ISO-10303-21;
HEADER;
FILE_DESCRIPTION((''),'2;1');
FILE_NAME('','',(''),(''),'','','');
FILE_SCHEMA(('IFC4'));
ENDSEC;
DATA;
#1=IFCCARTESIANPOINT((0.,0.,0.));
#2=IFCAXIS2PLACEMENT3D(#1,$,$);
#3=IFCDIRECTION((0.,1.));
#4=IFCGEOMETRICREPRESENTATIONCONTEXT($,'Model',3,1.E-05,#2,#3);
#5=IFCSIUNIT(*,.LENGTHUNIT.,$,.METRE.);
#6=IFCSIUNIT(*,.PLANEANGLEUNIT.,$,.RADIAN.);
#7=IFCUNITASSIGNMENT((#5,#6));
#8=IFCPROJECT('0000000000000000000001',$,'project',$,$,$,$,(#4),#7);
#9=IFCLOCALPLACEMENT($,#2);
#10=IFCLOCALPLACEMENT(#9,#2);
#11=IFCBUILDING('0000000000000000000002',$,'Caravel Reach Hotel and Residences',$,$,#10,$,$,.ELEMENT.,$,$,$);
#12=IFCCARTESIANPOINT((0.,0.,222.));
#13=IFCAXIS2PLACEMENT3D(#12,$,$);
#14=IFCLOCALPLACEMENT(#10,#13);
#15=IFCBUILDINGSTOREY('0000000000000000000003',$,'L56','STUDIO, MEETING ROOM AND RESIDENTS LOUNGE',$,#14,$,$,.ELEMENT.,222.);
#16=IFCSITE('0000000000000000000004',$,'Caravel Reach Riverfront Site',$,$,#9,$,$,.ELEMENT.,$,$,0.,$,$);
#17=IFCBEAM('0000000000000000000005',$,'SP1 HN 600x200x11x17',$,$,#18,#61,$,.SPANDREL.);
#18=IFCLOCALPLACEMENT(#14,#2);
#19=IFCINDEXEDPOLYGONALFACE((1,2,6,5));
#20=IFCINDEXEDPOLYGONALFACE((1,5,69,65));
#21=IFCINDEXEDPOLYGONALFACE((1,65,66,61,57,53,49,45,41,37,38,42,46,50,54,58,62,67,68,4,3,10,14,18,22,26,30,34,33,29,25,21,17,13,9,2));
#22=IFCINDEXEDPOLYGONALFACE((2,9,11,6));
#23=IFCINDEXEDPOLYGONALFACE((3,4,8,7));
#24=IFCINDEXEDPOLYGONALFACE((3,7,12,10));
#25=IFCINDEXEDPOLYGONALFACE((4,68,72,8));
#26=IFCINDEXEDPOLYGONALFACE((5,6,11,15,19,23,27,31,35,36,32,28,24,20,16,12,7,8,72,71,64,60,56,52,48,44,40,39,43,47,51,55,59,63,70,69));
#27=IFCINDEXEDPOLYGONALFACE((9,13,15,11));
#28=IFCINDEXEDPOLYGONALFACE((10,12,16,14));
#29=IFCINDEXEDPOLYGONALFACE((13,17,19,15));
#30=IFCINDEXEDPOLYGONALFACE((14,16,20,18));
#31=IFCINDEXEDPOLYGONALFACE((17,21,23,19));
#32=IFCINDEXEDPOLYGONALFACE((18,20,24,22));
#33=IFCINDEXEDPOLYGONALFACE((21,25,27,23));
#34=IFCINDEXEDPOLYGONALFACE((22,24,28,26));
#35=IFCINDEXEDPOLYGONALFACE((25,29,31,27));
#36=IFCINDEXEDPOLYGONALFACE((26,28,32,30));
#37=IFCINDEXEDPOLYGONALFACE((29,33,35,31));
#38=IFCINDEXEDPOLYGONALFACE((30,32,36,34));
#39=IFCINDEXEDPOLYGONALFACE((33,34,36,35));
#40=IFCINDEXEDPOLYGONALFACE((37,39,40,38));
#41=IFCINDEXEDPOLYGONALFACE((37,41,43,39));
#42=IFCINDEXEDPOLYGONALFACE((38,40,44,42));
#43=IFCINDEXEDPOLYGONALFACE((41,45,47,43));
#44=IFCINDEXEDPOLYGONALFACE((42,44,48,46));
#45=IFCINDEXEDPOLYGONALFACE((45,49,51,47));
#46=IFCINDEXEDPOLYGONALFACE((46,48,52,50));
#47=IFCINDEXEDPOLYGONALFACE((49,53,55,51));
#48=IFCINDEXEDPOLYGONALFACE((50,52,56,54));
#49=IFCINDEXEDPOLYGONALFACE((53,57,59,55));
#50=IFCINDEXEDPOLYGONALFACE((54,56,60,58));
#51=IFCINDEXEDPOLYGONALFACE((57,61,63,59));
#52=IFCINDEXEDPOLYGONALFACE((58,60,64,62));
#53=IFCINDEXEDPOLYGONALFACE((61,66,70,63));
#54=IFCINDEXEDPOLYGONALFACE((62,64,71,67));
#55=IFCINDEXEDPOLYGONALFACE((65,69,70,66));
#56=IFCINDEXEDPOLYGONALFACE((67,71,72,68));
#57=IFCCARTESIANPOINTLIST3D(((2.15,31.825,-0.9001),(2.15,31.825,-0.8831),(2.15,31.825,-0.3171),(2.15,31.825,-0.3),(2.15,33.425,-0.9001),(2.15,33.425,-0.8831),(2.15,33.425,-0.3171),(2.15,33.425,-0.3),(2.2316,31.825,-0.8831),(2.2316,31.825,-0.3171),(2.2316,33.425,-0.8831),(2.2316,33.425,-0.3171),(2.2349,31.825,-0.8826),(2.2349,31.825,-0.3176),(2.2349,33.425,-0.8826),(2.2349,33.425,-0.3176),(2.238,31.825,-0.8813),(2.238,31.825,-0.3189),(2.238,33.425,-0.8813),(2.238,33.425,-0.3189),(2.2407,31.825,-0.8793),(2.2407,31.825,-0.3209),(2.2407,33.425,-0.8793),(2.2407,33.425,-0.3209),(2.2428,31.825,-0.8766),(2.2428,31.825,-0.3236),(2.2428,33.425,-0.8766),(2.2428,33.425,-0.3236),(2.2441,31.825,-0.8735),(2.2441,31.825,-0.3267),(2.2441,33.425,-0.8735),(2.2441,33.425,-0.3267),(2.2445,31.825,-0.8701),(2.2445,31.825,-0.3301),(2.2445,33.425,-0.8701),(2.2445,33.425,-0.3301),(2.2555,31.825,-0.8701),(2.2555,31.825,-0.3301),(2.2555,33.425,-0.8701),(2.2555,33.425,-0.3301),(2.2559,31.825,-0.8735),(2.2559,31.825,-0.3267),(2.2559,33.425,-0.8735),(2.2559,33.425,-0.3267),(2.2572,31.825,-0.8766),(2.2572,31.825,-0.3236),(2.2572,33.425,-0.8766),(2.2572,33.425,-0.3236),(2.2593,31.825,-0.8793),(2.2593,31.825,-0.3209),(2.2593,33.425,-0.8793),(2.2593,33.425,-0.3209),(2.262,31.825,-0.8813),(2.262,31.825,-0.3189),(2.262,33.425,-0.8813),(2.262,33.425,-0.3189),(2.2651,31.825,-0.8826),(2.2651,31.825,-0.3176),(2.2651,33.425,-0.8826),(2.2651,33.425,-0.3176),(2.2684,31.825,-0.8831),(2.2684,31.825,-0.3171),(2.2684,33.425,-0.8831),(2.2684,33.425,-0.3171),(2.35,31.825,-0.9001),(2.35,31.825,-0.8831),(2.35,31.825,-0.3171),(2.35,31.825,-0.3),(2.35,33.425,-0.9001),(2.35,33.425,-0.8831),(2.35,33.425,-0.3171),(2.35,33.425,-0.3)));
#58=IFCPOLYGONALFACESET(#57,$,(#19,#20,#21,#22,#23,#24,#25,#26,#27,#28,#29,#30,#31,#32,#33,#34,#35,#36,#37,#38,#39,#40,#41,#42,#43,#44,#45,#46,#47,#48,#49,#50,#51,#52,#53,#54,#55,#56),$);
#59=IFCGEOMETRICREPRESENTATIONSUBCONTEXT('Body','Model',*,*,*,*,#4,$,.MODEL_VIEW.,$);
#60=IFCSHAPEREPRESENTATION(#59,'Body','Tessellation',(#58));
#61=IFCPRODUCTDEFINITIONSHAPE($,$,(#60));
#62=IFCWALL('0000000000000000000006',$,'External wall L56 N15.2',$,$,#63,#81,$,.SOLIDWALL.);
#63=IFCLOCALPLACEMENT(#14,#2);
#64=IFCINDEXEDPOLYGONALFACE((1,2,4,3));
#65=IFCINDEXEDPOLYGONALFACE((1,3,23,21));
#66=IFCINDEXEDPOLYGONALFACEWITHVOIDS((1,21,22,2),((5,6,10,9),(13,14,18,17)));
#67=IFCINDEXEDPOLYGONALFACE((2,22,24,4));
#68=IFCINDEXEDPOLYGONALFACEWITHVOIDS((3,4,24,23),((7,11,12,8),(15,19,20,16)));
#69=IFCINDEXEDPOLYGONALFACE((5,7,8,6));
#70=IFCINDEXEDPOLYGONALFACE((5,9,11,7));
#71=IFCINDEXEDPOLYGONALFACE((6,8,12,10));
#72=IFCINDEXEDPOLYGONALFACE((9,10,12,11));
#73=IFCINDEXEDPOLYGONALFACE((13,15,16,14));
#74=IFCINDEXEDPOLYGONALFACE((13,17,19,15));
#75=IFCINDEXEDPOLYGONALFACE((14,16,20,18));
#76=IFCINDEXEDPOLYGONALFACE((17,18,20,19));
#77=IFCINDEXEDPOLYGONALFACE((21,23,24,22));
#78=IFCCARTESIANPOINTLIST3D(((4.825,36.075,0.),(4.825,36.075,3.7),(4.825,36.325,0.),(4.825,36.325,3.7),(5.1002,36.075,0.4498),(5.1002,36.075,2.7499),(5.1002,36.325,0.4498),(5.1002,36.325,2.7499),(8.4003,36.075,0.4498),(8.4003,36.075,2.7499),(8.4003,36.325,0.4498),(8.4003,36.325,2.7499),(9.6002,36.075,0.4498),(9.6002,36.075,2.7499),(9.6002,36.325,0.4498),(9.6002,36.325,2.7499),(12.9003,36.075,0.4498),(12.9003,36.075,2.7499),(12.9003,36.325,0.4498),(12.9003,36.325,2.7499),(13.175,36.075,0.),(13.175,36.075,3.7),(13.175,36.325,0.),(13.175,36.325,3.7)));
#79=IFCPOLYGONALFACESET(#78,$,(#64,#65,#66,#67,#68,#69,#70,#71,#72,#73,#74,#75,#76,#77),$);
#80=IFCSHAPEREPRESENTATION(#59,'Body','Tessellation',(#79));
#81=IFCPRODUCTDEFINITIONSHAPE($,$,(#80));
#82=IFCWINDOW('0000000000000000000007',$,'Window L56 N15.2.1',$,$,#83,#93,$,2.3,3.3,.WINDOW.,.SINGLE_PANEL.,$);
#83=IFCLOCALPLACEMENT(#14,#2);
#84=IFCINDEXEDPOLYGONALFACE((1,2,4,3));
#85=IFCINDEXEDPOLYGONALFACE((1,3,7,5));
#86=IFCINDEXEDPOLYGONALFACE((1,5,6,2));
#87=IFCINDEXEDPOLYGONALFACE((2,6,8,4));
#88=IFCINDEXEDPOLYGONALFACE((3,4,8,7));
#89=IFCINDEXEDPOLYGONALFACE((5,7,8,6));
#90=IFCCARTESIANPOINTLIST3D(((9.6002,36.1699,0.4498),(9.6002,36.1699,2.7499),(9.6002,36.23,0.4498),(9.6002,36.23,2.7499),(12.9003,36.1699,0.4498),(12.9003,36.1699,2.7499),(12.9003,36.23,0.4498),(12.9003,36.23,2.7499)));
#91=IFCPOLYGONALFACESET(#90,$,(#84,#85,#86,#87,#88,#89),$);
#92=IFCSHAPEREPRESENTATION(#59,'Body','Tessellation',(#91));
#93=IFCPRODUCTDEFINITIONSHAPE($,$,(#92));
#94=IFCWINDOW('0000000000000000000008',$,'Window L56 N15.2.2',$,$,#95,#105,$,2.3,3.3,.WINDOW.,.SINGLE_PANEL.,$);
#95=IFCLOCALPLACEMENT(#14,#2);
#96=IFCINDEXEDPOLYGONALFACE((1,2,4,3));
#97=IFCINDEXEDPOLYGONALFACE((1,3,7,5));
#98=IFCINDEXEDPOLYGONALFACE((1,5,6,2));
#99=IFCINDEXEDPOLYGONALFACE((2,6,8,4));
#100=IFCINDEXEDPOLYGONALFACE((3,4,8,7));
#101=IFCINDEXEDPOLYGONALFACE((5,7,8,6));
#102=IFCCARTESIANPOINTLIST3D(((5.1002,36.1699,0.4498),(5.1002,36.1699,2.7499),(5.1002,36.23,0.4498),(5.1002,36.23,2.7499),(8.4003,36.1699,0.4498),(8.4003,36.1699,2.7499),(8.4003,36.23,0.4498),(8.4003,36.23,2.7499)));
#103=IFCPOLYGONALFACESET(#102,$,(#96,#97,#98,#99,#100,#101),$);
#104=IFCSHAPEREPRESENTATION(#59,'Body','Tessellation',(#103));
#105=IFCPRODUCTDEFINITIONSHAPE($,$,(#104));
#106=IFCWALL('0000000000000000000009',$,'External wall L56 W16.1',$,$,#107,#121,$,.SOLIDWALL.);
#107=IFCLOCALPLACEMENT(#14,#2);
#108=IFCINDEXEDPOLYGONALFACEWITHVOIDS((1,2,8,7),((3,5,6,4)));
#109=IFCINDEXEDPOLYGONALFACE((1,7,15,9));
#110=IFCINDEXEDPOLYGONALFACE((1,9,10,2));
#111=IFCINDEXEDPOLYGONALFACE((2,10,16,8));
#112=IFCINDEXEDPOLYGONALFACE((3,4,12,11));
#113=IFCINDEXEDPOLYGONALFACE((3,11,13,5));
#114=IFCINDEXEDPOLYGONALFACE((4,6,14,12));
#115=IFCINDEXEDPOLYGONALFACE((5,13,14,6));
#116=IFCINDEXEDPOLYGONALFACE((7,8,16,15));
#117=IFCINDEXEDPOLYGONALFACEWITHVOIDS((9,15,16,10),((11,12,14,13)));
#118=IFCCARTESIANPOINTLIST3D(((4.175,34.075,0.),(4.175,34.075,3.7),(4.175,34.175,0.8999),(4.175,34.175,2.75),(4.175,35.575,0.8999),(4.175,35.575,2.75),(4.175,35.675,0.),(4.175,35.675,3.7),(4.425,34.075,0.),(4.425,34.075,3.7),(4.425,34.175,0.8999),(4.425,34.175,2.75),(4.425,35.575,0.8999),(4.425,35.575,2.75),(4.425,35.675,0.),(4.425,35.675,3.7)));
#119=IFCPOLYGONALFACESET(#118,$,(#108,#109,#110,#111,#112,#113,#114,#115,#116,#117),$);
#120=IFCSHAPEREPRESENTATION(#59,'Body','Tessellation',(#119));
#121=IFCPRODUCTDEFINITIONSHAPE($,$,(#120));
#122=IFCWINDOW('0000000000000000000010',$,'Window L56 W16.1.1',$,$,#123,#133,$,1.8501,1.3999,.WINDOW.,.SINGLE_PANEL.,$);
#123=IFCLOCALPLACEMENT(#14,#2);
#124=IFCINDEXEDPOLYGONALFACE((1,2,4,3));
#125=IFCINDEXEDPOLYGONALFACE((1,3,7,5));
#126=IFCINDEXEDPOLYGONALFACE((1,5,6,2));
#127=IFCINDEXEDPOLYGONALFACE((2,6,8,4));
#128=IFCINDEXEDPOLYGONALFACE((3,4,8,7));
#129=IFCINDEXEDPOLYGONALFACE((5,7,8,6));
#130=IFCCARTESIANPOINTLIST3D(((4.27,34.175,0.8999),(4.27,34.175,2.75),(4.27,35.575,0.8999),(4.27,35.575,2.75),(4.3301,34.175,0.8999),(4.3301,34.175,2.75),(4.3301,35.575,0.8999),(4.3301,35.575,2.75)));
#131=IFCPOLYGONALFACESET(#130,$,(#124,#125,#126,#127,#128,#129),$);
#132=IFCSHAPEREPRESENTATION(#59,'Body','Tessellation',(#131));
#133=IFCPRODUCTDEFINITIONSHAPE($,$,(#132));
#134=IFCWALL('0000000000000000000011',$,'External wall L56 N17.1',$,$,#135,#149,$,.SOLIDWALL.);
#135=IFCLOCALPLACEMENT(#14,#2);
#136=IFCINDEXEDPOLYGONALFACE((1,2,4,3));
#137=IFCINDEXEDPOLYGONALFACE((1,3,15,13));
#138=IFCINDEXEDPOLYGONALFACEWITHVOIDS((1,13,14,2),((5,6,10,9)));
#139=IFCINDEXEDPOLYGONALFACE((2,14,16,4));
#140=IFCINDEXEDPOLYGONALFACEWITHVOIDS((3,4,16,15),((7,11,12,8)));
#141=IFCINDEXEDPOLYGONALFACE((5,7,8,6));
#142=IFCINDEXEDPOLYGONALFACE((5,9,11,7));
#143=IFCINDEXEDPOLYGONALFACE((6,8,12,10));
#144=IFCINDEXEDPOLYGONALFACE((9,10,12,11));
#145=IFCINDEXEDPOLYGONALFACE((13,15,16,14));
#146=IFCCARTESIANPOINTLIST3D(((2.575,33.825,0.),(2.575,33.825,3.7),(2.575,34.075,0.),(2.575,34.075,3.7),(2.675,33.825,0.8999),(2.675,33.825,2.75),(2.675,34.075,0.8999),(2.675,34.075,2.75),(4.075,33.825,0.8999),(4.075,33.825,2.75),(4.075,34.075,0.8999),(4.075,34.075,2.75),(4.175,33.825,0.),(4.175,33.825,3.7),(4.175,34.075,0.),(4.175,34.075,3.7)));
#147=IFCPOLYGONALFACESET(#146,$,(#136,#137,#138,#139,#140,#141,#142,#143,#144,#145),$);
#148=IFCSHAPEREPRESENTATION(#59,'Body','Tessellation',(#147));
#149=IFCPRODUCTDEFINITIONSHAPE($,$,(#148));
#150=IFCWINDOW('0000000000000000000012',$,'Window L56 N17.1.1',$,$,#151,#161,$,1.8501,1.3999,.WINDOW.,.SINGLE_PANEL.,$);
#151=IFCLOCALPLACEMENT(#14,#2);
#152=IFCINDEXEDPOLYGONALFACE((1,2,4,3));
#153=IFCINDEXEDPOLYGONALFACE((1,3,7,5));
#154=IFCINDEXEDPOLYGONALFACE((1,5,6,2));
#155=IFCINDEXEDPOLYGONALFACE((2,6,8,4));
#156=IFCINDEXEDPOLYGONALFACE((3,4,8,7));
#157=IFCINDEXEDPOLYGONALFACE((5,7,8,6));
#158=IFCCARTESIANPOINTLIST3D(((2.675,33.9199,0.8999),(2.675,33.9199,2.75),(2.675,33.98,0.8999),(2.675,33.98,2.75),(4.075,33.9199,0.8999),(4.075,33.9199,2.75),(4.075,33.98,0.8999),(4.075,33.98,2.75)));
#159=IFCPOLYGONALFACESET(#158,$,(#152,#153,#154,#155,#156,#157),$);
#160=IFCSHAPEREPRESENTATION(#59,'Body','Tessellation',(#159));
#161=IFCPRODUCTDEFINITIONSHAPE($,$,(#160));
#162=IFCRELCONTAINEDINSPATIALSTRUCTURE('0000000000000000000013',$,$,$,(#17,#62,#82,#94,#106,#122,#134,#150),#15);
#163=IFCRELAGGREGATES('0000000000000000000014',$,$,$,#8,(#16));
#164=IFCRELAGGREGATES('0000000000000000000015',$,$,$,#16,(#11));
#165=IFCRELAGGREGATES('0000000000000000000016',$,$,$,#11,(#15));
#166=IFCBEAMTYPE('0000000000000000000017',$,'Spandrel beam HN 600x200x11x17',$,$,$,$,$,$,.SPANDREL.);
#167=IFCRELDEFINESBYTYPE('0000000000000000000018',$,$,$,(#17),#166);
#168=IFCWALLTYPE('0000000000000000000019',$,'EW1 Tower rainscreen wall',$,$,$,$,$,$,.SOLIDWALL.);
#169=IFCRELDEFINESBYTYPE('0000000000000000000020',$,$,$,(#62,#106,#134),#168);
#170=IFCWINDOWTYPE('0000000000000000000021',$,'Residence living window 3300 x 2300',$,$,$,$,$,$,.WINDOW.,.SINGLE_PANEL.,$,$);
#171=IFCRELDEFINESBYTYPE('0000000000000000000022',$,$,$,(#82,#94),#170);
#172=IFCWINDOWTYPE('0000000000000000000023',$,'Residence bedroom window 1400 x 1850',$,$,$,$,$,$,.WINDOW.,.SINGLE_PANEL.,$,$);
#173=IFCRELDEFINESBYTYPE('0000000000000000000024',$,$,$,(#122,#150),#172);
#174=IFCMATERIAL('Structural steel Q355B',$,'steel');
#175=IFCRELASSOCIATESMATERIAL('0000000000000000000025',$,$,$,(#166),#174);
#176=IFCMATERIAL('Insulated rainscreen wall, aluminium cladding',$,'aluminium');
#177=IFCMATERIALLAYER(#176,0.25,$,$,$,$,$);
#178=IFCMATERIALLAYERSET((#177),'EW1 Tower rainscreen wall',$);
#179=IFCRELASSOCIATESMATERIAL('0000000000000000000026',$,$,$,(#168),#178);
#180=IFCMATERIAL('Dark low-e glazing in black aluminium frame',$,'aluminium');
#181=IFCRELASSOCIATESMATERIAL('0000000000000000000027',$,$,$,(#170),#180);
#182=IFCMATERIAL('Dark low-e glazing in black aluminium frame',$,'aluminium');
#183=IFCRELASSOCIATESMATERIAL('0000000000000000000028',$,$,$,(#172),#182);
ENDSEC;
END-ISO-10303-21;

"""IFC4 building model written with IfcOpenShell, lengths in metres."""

from ifc_helpers import new_model, si_unit, direction, frame, frame_2d, origin, origin_2d, place, context, subcontext, project, spatial, rectangle, i_section, extrude, material, layer, layer_set, material_profile, profile_set, type_object, element, fill, save


model = new_model("IFC4")

# Units and contexts
model_context = context("Model", 3, precision=1e-05, world=origin(), true_north=direction((0.0, 1.0)))
body_context = subcontext(model_context, "Body", "Model", "MODEL_VIEW")
ifc_project = project(units=[si_unit("LENGTHUNIT", "METRE"), si_unit("PLANEANGLEUNIT", "RADIAN")], contexts=[model_context])

# Site, building, storey
site_placement = place(None, origin())
site = spatial("IfcSite", under=ifc_project, at=site_placement, Name="Caravel Reach Riverfront Site", CompositionType="ELEMENT", RefElevation=0.0)
building_placement = place(site_placement, origin())
building = spatial("IfcBuilding", under=site, at=building_placement, Name="Caravel Reach Hotel and Residences", CompositionType="ELEMENT")
storey_placement = place(building_placement, frame((0.0, 0.0, 222.0)))
storey = spatial("IfcBuildingStorey", under=building, at=storey_placement, Name="L56", Description="STUDIO, MEETING ROOM AND RESIDENTS LOUNGE", CompositionType="ELEMENT", Elevation=222.0)

# Beam
ifc_material_1 = material(Name="Structural steel Q355B", Category="steel")
ifc_material_profile_1 = material_profile(ifc_material_1, i_section(OverallWidth=0.2, OverallDepth=0.6001, WebThickness=0.011, FlangeThickness=0.0171, FilletRadius=0.0129, at=origin_2d()), Name="HN 600x200x11x17")
ifc_profile_set_1 = profile_set([ifc_material_profile_1], Name="Structural steel Q355B")
beam_type = type_object("IfcBeamType", Name="Spandrel beam HN 600x200x11x17", PredefinedType="SPANDREL", material=ifc_profile_set_1)
for number, where, z_axis, x_axis, name in (
    (1, (2.25, 33.425, -0.6001), (0.0, -1.0, 0.0), (1.0, 0.0, 0.0), "SP1 HN 600x200x11x17"),
):
    element("IfcBeam", number, at=place(storey_placement, frame(where, z_axis=z_axis, x_axis=x_axis)), inside=storey, type_object=beam_type, Name=name, PredefinedType="SPANDREL", context=body_context, shape_type="SweptSolid", body=[
        extrude(i_section(OverallWidth=0.2, OverallDepth=0.6001, WebThickness=0.011, FlangeThickness=0.0171, FilletRadius=0.0129, at=origin_2d()), origin(), (0.0, 0.0, 1.0), 1.6001),
    ])

# Wall, openings, windows
ifc_material_2 = material(Name="Insulated rainscreen wall, aluminium cladding", Category="aluminium")
ifc_layer = layer(ifc_material_2, 0.25)
ifc_layer_set = layer_set([ifc_layer], Name="EW1 Tower rainscreen wall")
wall_type = type_object("IfcWallType", Name="EW1 Tower rainscreen wall", PredefinedType="SOLIDWALL", material=ifc_layer_set)
wall_1_placement = place(storey_placement, frame((13.175, 36.2, 0.0), z_axis=(0.0, 0.0, 1.0), x_axis=(-1.0, 0.0, 0.0)))
wall_1 = element("IfcWall", 2, at=wall_1_placement, inside=storey, type_object=wall_type, Name="External wall L56 N15.2", PredefinedType="SOLIDWALL", context=body_context, shape_type="SweptSolid", body=[
    extrude(rectangle(XDim=8.3501, YDim=0.25, at=frame_2d((4.175, 0.0))), origin(), (0.0, 0.0, 1.0), 3.7),
])
opening_1_placement = place(wall_1_placement, frame((0.2749, 0.0, 0.45)))
opening_1 = element("IfcOpeningElement", 3, at=opening_1_placement, cuts=wall_1, PredefinedType="OPENING", context=body_context, shape_type="SweptSolid", body=[
    extrude(rectangle(XDim=3.3, YDim=2.3, at=frame_2d((1.6499, 1.1499))), frame((0.0, 0.135, 0.0), z_axis=(0.0, -1.0, 0.0), x_axis=(1.0, 0.0, 0.0)), (0.0, 0.0, 1.0), 0.27),
])
opening_2_placement = place(wall_1_placement, frame((4.7749, 0.0, 0.45)))
opening_2 = element("IfcOpeningElement", 4, at=opening_2_placement, cuts=wall_1, PredefinedType="OPENING", context=body_context, shape_type="SweptSolid", body=[
    extrude(rectangle(XDim=3.3, YDim=2.3, at=frame_2d((1.6499, 1.1499))), frame((0.0, 0.135, 0.0), z_axis=(0.0, -1.0, 0.0), x_axis=(1.0, 0.0, 0.0)), (0.0, 0.0, 1.0), 0.27),
])
ifc_material_3 = material(Name="Dark low-e glazing in black aluminium frame", Category="aluminium")
window_type_1 = type_object("IfcWindowType", Name="Residence living window 3300 x 2300", PartitioningType="SINGLE_PANEL", PredefinedType="WINDOW", material=ifc_material_3)
window_1_placement = place(opening_1_placement, origin())
window_1 = element("IfcWindow", 5, at=window_1_placement, inside=storey, type_object=window_type_1, Name="Window L56 N15.2.1", OverallHeight=2.3, OverallWidth=3.3, PartitioningType="SINGLE_PANEL", PredefinedType="WINDOW", context=body_context, shape_type="SweptSolid", body=[
    extrude(rectangle(XDim=3.3, YDim=2.3, at=frame_2d((1.6499, 1.1499))), frame((0.0, 0.03, 0.0), z_axis=(0.0, -1.0, 0.0), x_axis=(1.0, 0.0, 0.0)), (0.0, 0.0, 1.0), 0.0601),
])
fill(opening_1, window_1)
window_2_placement = place(opening_2_placement, origin())
window_2 = element("IfcWindow", 6, at=window_2_placement, inside=storey, type_object=window_type_1, Name="Window L56 N15.2.2", OverallHeight=2.3, OverallWidth=3.3, PartitioningType="SINGLE_PANEL", PredefinedType="WINDOW", context=body_context, shape_type="SweptSolid", body=[
    extrude(rectangle(XDim=3.3, YDim=2.3, at=frame_2d((1.6499, 1.1499))), frame((0.0, 0.03, 0.0), z_axis=(0.0, -1.0, 0.0), x_axis=(1.0, 0.0, 0.0)), (0.0, 0.0, 1.0), 0.0601),
])
fill(opening_2, window_2)

# Walls, openings, windows
wall_2_placement = place(storey_placement, frame((4.3, 35.675, 0.0), z_axis=(0.0, 0.0, 1.0), x_axis=(0.0, -1.0, 0.0)))
wall_2 = element("IfcWall", 7, at=wall_2_placement, inside=storey, type_object=wall_type, Name="External wall L56 W16.1", PredefinedType="SOLIDWALL", context=body_context, shape_type="SweptSolid", body=[
    extrude(rectangle(XDim=1.6001, YDim=0.25, at=frame_2d((0.8, 0.0))), origin(), (0.0, 0.0, 1.0), 3.7),
])
opening_3_placement = place(wall_2_placement, frame((0.1001, 0.0, 0.8999)))
opening_3 = element("IfcOpeningElement", 8, at=opening_3_placement, cuts=wall_2, PredefinedType="OPENING", context=body_context, shape_type="SweptSolid", body=[
    extrude(rectangle(XDim=1.3999, YDim=1.8501, at=frame_2d((0.7, 0.925))), frame((0.0, 0.135, 0.0), z_axis=(0.0, -1.0, 0.0), x_axis=(1.0, 0.0, 0.0)), (0.0, 0.0, 1.0), 0.27),
])
ifc_material_4 = material(Name="Dark low-e glazing in black aluminium frame", Category="aluminium")
window_type_2 = type_object("IfcWindowType", Name="Residence bedroom window 1400 x 1850", PartitioningType="SINGLE_PANEL", PredefinedType="WINDOW", material=ifc_material_4)
window_3_placement = place(opening_3_placement, origin())
window_3 = element("IfcWindow", 9, at=window_3_placement, inside=storey, type_object=window_type_2, Name="Window L56 W16.1.1", OverallHeight=1.8501, OverallWidth=1.3999, PartitioningType="SINGLE_PANEL", PredefinedType="WINDOW", context=body_context, shape_type="SweptSolid", body=[
    extrude(rectangle(XDim=1.3999, YDim=1.8501, at=frame_2d((0.7, 0.925))), frame((0.0, 0.03, 0.0), z_axis=(0.0, -1.0, 0.0), x_axis=(1.0, 0.0, 0.0)), (0.0, 0.0, 1.0), 0.0601),
])
fill(opening_3, window_3)
wall_3_placement = place(storey_placement, frame((4.175, 33.95, 0.0), z_axis=(0.0, 0.0, 1.0), x_axis=(-1.0, 0.0, 0.0)))
wall_3 = element("IfcWall", 10, at=wall_3_placement, inside=storey, type_object=wall_type, Name="External wall L56 N17.1", PredefinedType="SOLIDWALL", context=body_context, shape_type="SweptSolid", body=[
    extrude(rectangle(XDim=1.6001, YDim=0.25, at=frame_2d((0.8, 0.0))), origin(), (0.0, 0.0, 1.0), 3.7),
])
opening_4_placement = place(wall_3_placement, frame((0.1001, 0.0, 0.8999)))
opening_4 = element("IfcOpeningElement", 11, at=opening_4_placement, cuts=wall_3, PredefinedType="OPENING", context=body_context, shape_type="SweptSolid", body=[
    extrude(rectangle(XDim=1.3999, YDim=1.8501, at=frame_2d((0.7, 0.925))), frame((0.0, 0.135, 0.0), z_axis=(0.0, -1.0, 0.0), x_axis=(1.0, 0.0, 0.0)), (0.0, 0.0, 1.0), 0.27),
])
window_4_placement = place(opening_4_placement, origin())
window_4 = element("IfcWindow", 12, at=window_4_placement, inside=storey, type_object=window_type_2, Name="Window L56 N17.1.1", OverallHeight=1.8501, OverallWidth=1.3999, PartitioningType="SINGLE_PANEL", PredefinedType="WINDOW", context=body_context, shape_type="SweptSolid", body=[
    extrude(rectangle(XDim=1.3999, YDim=1.8501, at=frame_2d((0.7, 0.925))), frame((0.0, 0.03, 0.0), z_axis=(0.0, -1.0, 0.0), x_axis=(1.0, 0.0, 0.0)), (0.0, 0.0, 1.0), 0.0601),
])
fill(opening_4, window_4)

save(model, "model.ifc")
